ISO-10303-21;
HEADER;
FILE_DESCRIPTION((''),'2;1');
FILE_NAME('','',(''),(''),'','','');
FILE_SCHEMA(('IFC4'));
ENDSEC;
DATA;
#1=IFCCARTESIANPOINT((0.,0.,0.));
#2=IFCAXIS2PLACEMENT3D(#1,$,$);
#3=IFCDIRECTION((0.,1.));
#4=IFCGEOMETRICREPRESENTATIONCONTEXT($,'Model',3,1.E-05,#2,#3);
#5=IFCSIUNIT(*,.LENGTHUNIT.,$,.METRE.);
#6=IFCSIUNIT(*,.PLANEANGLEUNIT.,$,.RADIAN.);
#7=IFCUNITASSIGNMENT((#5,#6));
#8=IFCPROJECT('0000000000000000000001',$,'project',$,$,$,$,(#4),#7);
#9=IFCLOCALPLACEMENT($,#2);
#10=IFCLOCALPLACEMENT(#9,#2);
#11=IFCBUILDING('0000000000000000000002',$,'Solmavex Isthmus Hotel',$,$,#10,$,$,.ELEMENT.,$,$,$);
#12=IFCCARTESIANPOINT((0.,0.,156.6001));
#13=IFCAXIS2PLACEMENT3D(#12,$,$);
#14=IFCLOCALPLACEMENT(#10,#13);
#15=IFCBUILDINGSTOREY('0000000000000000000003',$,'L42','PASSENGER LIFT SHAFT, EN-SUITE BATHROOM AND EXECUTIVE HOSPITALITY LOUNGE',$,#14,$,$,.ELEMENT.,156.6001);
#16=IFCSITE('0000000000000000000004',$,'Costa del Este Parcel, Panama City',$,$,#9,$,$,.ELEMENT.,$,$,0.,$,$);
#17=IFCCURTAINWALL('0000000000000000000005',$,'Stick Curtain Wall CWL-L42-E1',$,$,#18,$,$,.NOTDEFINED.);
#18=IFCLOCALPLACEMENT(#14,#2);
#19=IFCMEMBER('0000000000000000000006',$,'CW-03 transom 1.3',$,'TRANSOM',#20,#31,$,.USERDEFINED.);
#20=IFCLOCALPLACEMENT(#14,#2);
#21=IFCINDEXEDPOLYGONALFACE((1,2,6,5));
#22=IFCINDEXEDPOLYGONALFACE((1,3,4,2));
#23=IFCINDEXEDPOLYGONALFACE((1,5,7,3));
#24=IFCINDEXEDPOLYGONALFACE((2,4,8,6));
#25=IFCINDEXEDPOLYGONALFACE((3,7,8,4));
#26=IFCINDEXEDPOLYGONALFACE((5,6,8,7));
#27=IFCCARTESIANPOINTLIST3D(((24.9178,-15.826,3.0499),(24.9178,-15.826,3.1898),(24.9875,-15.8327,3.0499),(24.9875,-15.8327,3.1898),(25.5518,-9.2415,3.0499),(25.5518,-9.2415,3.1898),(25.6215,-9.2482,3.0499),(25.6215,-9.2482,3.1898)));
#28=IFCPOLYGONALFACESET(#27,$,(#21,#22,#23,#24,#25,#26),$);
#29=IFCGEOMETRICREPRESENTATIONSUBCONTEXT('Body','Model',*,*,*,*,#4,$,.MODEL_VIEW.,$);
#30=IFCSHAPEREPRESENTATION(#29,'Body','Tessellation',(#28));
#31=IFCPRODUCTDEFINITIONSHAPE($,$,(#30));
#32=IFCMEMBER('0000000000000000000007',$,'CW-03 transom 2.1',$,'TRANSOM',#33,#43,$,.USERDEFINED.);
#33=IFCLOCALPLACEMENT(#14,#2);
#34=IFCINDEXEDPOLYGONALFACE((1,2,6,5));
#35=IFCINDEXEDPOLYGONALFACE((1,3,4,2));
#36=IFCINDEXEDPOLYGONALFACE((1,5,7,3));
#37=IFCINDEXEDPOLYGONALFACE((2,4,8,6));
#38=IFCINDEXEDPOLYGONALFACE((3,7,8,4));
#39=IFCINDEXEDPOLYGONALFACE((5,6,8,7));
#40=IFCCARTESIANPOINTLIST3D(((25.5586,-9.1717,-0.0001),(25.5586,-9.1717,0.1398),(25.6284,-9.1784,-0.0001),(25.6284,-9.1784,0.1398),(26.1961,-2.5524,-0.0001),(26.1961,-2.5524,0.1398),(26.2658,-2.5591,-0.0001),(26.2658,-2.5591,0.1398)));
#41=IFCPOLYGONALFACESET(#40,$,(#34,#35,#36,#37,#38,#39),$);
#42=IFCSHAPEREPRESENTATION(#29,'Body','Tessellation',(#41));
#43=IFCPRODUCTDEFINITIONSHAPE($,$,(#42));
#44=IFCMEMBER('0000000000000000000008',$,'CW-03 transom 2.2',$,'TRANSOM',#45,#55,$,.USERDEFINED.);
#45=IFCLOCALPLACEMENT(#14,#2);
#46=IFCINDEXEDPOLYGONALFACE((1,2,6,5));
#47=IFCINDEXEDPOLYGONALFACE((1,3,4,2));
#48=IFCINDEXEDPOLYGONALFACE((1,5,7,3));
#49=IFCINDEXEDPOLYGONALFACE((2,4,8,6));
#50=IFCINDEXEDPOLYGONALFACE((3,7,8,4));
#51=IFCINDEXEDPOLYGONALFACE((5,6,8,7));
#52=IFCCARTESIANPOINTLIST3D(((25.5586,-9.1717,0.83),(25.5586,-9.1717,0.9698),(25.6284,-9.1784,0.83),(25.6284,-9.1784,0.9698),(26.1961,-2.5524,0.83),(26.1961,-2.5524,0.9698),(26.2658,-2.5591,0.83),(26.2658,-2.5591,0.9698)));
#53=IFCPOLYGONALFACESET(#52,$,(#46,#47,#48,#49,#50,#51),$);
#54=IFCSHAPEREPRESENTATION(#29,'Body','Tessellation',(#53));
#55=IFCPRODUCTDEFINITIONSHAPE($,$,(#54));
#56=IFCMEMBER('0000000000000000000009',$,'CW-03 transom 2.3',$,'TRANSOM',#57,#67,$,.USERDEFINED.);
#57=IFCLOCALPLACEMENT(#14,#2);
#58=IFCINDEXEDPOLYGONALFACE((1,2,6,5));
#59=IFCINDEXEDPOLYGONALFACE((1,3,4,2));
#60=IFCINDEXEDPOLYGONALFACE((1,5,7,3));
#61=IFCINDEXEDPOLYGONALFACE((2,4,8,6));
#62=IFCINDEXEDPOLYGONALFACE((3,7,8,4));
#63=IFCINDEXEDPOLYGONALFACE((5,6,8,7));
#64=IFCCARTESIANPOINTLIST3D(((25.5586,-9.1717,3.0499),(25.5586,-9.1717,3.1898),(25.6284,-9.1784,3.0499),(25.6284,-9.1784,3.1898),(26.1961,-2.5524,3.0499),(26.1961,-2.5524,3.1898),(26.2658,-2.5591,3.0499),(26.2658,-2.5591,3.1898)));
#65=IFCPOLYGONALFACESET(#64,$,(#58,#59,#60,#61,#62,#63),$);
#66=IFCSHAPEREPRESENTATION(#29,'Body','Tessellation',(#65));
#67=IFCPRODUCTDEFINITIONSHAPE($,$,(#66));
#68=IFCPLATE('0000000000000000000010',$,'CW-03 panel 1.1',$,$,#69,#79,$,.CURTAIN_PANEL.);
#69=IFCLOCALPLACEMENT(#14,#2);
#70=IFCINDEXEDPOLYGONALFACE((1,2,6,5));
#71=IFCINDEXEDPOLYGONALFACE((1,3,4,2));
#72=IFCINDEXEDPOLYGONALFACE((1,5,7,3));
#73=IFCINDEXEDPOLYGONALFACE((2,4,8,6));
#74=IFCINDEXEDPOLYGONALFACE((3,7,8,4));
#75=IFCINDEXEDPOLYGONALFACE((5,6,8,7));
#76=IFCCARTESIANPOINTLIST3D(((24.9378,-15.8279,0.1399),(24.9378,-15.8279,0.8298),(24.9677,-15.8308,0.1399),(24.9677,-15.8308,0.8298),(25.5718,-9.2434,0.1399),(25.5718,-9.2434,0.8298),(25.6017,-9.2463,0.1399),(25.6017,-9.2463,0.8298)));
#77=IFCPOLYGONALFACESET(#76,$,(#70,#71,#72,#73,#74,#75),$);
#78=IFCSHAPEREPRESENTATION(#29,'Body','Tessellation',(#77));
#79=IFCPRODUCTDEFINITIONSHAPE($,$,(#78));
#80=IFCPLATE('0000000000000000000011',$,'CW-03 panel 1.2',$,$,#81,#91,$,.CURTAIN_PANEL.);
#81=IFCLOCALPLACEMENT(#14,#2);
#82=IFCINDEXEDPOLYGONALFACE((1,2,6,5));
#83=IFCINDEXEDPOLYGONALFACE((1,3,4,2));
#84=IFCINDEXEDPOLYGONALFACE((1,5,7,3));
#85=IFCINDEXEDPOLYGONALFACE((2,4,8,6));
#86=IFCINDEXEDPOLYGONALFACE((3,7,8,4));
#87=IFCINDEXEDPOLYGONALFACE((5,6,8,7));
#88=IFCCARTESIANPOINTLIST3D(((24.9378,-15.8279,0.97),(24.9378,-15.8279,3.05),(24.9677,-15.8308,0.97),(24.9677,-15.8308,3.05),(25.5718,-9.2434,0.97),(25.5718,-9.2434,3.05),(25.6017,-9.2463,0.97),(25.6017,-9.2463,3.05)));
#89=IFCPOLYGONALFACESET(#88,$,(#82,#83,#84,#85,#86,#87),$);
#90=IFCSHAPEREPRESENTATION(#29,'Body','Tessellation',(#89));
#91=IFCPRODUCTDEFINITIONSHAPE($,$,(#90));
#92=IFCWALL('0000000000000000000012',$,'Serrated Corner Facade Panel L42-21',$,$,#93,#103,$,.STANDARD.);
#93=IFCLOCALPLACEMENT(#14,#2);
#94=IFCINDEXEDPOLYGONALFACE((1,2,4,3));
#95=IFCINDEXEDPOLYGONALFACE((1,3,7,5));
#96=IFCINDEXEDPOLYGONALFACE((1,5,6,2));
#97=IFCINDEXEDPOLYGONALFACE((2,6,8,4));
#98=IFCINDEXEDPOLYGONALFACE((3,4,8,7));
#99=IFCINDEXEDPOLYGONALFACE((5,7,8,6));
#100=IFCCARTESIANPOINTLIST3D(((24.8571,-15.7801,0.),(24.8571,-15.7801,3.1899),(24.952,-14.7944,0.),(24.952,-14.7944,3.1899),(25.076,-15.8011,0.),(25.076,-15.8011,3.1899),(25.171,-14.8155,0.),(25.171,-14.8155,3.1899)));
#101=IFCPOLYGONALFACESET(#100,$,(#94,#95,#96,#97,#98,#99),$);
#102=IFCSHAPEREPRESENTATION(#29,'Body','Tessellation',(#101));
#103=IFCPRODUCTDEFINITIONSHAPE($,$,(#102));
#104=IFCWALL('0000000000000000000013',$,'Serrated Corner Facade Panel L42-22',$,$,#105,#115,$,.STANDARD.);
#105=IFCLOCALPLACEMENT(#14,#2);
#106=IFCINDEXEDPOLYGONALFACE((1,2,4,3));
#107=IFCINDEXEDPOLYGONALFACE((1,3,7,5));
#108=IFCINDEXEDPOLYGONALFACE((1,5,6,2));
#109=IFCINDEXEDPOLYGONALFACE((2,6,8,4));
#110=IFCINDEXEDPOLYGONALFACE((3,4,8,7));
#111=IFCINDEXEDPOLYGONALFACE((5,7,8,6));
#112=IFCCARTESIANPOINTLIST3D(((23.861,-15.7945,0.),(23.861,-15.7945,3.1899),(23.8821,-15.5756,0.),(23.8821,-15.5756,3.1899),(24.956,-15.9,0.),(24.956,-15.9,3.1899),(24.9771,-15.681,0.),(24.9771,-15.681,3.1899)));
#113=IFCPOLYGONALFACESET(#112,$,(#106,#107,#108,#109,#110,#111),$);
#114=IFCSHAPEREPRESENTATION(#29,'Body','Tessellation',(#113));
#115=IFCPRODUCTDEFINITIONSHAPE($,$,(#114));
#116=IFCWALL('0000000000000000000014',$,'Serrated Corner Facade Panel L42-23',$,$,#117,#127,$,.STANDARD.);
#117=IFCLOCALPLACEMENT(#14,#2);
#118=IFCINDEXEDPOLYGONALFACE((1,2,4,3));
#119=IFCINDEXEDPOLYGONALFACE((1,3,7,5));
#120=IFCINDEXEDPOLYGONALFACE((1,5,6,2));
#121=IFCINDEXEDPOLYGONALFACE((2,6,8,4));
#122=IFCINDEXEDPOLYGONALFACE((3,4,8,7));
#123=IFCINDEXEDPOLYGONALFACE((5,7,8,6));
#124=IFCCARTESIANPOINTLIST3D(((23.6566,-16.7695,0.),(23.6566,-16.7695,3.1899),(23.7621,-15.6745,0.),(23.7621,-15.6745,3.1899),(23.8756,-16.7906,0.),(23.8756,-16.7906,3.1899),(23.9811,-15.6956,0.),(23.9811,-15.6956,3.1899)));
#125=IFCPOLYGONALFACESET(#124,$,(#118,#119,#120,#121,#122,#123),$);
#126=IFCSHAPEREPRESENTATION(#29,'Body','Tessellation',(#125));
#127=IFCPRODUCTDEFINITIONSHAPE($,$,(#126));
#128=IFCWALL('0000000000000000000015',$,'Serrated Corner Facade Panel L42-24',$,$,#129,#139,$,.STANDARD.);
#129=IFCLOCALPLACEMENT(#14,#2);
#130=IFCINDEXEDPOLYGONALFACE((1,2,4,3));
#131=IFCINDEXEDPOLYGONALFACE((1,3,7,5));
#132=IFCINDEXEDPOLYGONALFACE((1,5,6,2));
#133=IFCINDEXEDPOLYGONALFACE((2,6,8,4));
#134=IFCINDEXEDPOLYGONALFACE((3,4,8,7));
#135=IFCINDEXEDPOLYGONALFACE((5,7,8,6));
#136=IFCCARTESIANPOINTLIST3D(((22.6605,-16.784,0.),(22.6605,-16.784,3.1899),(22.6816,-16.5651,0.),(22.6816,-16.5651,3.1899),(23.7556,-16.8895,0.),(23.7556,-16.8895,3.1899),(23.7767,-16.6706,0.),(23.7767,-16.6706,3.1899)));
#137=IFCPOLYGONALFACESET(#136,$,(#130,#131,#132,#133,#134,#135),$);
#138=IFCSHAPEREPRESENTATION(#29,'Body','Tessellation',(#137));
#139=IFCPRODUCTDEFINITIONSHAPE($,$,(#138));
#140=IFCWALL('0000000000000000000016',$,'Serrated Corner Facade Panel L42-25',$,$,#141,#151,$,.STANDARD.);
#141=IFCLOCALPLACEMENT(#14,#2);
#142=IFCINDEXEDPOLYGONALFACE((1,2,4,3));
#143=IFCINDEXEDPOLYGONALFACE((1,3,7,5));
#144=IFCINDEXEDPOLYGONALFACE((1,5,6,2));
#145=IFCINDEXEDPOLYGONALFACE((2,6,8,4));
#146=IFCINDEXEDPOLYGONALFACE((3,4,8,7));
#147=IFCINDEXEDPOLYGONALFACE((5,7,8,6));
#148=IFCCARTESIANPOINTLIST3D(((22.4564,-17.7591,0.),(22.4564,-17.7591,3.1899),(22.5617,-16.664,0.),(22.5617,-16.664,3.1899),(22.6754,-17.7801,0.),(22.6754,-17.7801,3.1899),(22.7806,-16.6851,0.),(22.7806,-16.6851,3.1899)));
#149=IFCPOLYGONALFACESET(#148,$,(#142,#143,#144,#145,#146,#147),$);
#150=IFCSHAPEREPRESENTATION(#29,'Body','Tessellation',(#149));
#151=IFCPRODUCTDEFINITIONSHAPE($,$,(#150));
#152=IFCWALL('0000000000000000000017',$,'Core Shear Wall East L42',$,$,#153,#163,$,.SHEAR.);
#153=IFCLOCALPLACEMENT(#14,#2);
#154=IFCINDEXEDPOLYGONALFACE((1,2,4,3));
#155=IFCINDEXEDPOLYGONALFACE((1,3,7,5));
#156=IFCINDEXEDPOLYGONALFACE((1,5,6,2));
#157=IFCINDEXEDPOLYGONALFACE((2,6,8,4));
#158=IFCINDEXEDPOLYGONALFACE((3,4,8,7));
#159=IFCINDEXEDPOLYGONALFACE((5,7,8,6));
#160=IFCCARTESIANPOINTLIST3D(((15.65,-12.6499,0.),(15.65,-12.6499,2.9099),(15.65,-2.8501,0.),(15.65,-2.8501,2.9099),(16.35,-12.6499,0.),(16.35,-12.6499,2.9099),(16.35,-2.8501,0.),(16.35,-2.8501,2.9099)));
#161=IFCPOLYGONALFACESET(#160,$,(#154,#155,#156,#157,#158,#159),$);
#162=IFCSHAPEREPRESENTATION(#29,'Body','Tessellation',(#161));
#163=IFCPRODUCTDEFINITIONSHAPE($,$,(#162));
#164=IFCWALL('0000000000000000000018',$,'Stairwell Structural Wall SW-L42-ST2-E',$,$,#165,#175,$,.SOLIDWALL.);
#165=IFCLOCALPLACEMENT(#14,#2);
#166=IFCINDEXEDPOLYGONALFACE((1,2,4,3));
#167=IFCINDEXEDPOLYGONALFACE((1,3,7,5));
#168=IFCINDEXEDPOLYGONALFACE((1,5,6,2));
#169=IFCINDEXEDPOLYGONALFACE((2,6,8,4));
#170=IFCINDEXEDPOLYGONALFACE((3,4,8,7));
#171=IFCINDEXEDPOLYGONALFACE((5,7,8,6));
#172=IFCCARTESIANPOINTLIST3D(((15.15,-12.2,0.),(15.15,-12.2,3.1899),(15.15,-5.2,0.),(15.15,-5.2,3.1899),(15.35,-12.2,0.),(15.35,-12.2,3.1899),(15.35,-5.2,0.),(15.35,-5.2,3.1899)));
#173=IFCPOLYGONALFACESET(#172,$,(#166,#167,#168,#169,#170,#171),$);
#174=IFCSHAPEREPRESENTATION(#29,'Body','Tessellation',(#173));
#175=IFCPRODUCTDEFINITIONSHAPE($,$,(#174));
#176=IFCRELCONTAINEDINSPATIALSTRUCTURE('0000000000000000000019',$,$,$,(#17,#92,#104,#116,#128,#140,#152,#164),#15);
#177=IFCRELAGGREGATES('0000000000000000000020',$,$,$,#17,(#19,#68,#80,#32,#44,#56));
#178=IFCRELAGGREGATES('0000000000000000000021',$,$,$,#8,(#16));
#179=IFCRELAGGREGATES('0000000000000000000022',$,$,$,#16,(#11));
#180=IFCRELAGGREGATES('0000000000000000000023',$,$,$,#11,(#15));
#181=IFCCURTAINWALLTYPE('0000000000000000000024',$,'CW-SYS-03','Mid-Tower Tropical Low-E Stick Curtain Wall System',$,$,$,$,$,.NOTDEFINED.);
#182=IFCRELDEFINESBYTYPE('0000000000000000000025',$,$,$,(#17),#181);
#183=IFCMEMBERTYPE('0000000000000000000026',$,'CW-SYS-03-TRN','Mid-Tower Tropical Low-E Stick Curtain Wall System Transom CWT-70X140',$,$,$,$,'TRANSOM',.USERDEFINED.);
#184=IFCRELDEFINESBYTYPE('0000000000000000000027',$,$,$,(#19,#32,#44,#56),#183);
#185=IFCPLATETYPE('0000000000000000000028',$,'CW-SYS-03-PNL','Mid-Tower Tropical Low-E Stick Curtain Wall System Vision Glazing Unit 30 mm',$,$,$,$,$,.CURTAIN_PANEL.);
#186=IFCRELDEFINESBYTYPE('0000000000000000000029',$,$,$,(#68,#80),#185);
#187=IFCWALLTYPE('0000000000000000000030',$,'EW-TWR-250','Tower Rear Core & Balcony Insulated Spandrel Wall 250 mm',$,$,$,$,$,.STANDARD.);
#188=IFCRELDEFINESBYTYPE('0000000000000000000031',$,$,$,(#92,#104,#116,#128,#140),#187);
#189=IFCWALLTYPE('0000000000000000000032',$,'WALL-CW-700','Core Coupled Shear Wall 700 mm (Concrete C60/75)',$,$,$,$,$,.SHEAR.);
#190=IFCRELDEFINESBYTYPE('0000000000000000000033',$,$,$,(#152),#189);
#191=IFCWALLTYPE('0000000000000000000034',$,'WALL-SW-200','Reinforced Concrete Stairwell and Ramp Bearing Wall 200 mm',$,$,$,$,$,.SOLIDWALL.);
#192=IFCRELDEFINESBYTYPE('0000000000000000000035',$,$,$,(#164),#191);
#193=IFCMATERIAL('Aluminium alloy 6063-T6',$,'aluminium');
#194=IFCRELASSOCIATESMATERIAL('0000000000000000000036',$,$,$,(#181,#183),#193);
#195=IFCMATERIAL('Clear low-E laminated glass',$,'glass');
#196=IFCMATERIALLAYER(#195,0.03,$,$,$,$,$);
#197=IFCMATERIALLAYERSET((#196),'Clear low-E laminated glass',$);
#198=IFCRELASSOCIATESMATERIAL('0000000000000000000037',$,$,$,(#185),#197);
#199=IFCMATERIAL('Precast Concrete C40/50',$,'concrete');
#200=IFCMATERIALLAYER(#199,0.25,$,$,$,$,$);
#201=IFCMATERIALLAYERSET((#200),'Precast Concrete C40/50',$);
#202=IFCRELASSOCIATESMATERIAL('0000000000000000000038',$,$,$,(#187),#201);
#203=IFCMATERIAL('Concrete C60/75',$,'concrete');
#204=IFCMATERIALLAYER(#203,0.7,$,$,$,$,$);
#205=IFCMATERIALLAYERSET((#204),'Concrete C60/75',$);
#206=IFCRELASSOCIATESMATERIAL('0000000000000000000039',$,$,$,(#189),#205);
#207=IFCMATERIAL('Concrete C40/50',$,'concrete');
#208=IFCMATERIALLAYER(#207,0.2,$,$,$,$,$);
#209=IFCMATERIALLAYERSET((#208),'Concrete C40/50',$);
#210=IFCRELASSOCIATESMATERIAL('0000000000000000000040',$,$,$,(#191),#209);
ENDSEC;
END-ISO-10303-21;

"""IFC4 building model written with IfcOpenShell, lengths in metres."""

from ifc_helpers import new_model, si_unit, direction, frame, frame_2d, origin, origin_2d, place, context, subcontext, project, spatial, rectangle, extrude, material, layer, layer_set, material_profile, profile_set, type_object, element, aggregate, save


model = new_model("IFC4")

# Units and contexts
model_context = context("Model", 3, precision=1e-05, world=origin(), true_north=direction((0.0, 1.0)))
body_context = subcontext(model_context, "Body", "Model", "MODEL_VIEW")
ifc_project = project(units=[si_unit("LENGTHUNIT", "METRE"), si_unit("PLANEANGLEUNIT", "RADIAN")], contexts=[model_context])

# Site, building, storey
site_placement = place(None, origin())
site = spatial("IfcSite", under=ifc_project, at=site_placement, Name="Costa del Este Parcel, Panama City", CompositionType="ELEMENT", RefElevation=0.0)
building_placement = place(site_placement, origin())
building = spatial("IfcBuilding", under=site, at=building_placement, Name="Solmavex Isthmus Hotel", CompositionType="ELEMENT")
storey_placement = place(building_placement, frame((0.0, 0.0, 156.6001)))
storey = spatial("IfcBuildingStorey", under=building, at=storey_placement, Name="L42", Description="PASSENGER LIFT SHAFT, EN-SUITE BATHROOM AND EXECUTIVE HOSPITALITY LOUNGE", CompositionType="ELEMENT", Elevation=156.6001)

# Shared definitions
ifc_material_1 = material(Name="Concrete C60/75", Category="concrete")

# Curtain wall, members, plates
ifc_material_2 = material(Name="Aluminium alloy 6063-T6", Category="aluminium")
curtain_wall_type = type_object("IfcCurtainWallType", Name="CW-SYS-03", Description="Mid-Tower Tropical Low-E Stick Curtain Wall System", PredefinedType="NOTDEFINED", material=ifc_material_2)
curtain_wall_placement = place(storey_placement, origin())
curtain_wall = element("IfcCurtainWall", 1, at=curtain_wall_placement, inside=storey, type_object=curtain_wall_type, Name="Stick Curtain Wall CWL-L42-E1", PredefinedType="NOTDEFINED")
ifc_material_profile_1 = material_profile(ifc_material_2, rectangle(XDim=0.0701, YDim=0.1399, at=origin_2d()), Name="CWT-70X140")
ifc_profile_set_1 = profile_set([ifc_material_profile_1], Name="Aluminium alloy 6063-T6")
member_type_1 = type_object("IfcMemberType", Name="CW-SYS-03-TRN", Description="Mid-Tower Tropical Low-E Stick Curtain Wall System Transom CWT-70X140", ElementType="TRANSOM", PredefinedType="USERDEFINED", material=ifc_profile_set_1)
member_1_placement = place(storey_placement, frame((24.9526, -15.8293, 3.1199), z_axis=(0.095849, 0.995396, 0.0), x_axis=(-0.995396, 0.095849, 0.0)))
member_1 = element("IfcMember", 2, at=member_1_placement, type_object=member_type_1, Name="CW-03 transom 1.3", ObjectType="TRANSOM", PredefinedType="USERDEFINED", context=body_context, shape_type="SweptSolid", body=[
    extrude(rectangle(XDim=0.0701, YDim=0.1399, at=origin_2d()), origin(), (0.0, 0.0, 1.0), 6.615),
])
member_2_placement = place(storey_placement, frame((25.5935, -9.175, 0.0698), z_axis=(0.095857, 0.995395, 0.0), x_axis=(-0.995395, 0.095857, 0.0)))
member_2 = element("IfcMember", 3, at=member_2_placement, type_object=member_type_1, Name="CW-03 transom 2.1", ObjectType="TRANSOM", PredefinedType="USERDEFINED", context=body_context, shape_type="SweptSolid", body=[
    extrude(rectangle(XDim=0.0701, YDim=0.1399, at=origin_2d()), origin(), (0.0, 0.0, 1.0), 6.6499),
])
member_3_placement = place(storey_placement, frame((25.5935, -9.175, 0.8999), z_axis=(0.095857, 0.995395, 0.0), x_axis=(-0.995395, 0.095857, 0.0)))
member_3 = element("IfcMember", 4, at=member_3_placement, type_object=member_type_1, Name="CW-03 transom 2.2", ObjectType="TRANSOM", PredefinedType="USERDEFINED", context=body_context, shape_type="SweptSolid", body=[
    extrude(rectangle(XDim=0.0701, YDim=0.1399, at=origin_2d()), origin(), (0.0, 0.0, 1.0), 6.6499),
])
member_4_placement = place(storey_placement, frame((25.5935, -9.175, 3.1199), z_axis=(0.095857, 0.995395, 0.0), x_axis=(-0.995395, 0.095857, 0.0)))
member_4 = element("IfcMember", 5, at=member_4_placement, type_object=member_type_1, Name="CW-03 transom 2.3", ObjectType="TRANSOM", PredefinedType="USERDEFINED", context=body_context, shape_type="SweptSolid", body=[
    extrude(rectangle(XDim=0.0701, YDim=0.1399, at=origin_2d()), origin(), (0.0, 0.0, 1.0), 6.6499),
])
ifc_material_3 = material(Name="Clear low-E laminated glass", Category="glass")
ifc_layer_1 = layer(ifc_material_3, 0.03)
ifc_layer_set_1 = layer_set([ifc_layer_1], Name="Clear low-E laminated glass")
plate_type = type_object("IfcPlateType", Name="CW-SYS-03-PNL", Description="Mid-Tower Tropical Low-E Stick Curtain Wall System Vision Glazing Unit 30 mm", PredefinedType="CURTAIN_PANEL", material=ifc_layer_set_1)
plate_1_placement = place(storey_placement, frame((25.2698, -12.5371, 0.1399), z_axis=(0.0, 0.0, 1.0), x_axis=(0.095846, 0.995396, 0.0)))
plate_1 = element("IfcPlate", 6, at=plate_1_placement, type_object=plate_type, Name="CW-03 panel 1.1", PredefinedType="CURTAIN_PANEL", context=body_context, shape_type="SweptSolid", body=[
    extrude(rectangle(XDim=6.615, YDim=0.03, at=origin_2d()), origin(), (0.0, 0.0, 1.0), 0.6899),
])
plate_2_placement = place(storey_placement, frame((25.2698, -12.5371, 0.97), z_axis=(0.0, 0.0, 1.0), x_axis=(0.095846, 0.995396, 0.0)))
plate_2 = element("IfcPlate", 7, at=plate_2_placement, type_object=plate_type, Name="CW-03 panel 1.2", PredefinedType="CURTAIN_PANEL", context=body_context, shape_type="SweptSolid", body=[
    extrude(rectangle(XDim=6.615, YDim=0.03, at=origin_2d()), origin(), (0.0, 0.0, 1.0), 2.0801),
])
aggregate(curtain_wall, [member_1, plate_1, plate_2, member_2, member_3, member_4])

# Walls
ifc_material_4 = material(Name="Precast Concrete C40/50", Category="concrete")
ifc_layer_2 = layer(ifc_material_4, 0.25)
ifc_layer_set_2 = layer_set([ifc_layer_2], Name="Precast Concrete C40/50")
wall_type_1 = type_object("IfcWallType", Name="EW-TWR-250", Description="Tower Rear Core & Balcony Insulated Spandrel Wall 250 mm", PredefinedType="STANDARD", material=ifc_layer_set_2)
wall_1_placement = place(storey_placement, frame((25.0615, -14.8049, 0.0), z_axis=(0.0, 0.0, 1.0), x_axis=(-0.095914, -0.99539, 0.0)))
element("IfcWall", 8, at=wall_1_placement, inside=storey, type_object=wall_type_1, Name="Serrated Corner Facade Panel L42-21", PredefinedType="STANDARD", context=body_context, shape_type="SweptSolid", body=[
    extrude(rectangle(XDim=0.9902, YDim=0.22, at=frame_2d((0.4951, 0.0))), origin(), (0.0, 0.0, 1.0), 3.1899),
])
for number, where, z_axis, x_axis, name in (
    (9, (24.9666, -15.7905, 0.0), (0.0, 0.0, 1.0), (-0.995393, 0.095877, 0.0), "Serrated Corner Facade Panel L42-22"),
    (10, (23.8716, -15.6851, 0.0), (0.0, 0.0, 1.0), (-0.095877, -0.995393, 0.0), "Serrated Corner Facade Panel L42-23"),
    (11, (23.7661, -16.78, 0.0), (0.0, 0.0, 1.0), (-0.995393, 0.095877, 0.0), "Serrated Corner Facade Panel L42-24"),
    (12, (22.6711, -16.6746, 0.0), (0.0, 0.0, 1.0), (-0.095657, -0.995414, 0.0), "Serrated Corner Facade Panel L42-25"),
):
    element("IfcWall", number, at=place(storey_placement, frame(where, z_axis=z_axis, x_axis=x_axis)), inside=storey, type_object=wall_type_1, Name=name, PredefinedType="STANDARD", context=body_context, shape_type="SweptSolid", body=[
        extrude(rectangle(XDim=1.1001, YDim=0.22, at=frame_2d((0.55, 0.0))), origin(), (0.0, 0.0, 1.0), 3.1899),
    ])
ifc_layer_3 = layer(ifc_material_1, 0.7)
ifc_layer_set_3 = layer_set([ifc_layer_3], Name="Concrete C60/75")
wall_type_2 = type_object("IfcWallType", Name="WALL-CW-700", Description="Core Coupled Shear Wall 700 mm (Concrete C60/75)", PredefinedType="SHEAR", material=ifc_layer_set_3)
wall_2_placement = place(storey_placement, frame((16.0, -12.6499, 0.0), z_axis=(0.0, 0.0, 1.0), x_axis=(0.0, 1.0, 0.0)))
element("IfcWall", 13, at=wall_2_placement, inside=storey, type_object=wall_type_2, Name="Core Shear Wall East L42", PredefinedType="SHEAR", context=body_context, shape_type="SweptSolid", body=[
    extrude(rectangle(XDim=9.7998, YDim=0.7, at=frame_2d((4.8999, 0.0))), origin(), (0.0, 0.0, 1.0), 2.9099),
])
ifc_material_5 = material(Name="Concrete C40/50", Category="concrete")
ifc_layer_4 = layer(ifc_material_5, 0.2)
ifc_layer_set_4 = layer_set([ifc_layer_4], Name="Concrete C40/50")
wall_type_3 = type_object("IfcWallType", Name="WALL-SW-200", Description="Reinforced Concrete Stairwell and Ramp Bearing Wall 200 mm", PredefinedType="SOLIDWALL", material=ifc_layer_set_4)
wall_3_placement = place(storey_placement, frame((15.25, -12.2, 0.0), z_axis=(0.0, 0.0, 1.0), x_axis=(0.0, 1.0, 0.0)))
element("IfcWall", 14, at=wall_3_placement, inside=storey, type_object=wall_type_3, Name="Stairwell Structural Wall SW-L42-ST2-E", PredefinedType="SOLIDWALL", context=body_context, shape_type="SweptSolid", body=[
    extrude(rectangle(XDim=7.0, YDim=0.2, at=frame_2d((3.5, 0.0))), origin(), (0.0, 0.0, 1.0), 3.1899),
])

save(model, "model.ifc")
